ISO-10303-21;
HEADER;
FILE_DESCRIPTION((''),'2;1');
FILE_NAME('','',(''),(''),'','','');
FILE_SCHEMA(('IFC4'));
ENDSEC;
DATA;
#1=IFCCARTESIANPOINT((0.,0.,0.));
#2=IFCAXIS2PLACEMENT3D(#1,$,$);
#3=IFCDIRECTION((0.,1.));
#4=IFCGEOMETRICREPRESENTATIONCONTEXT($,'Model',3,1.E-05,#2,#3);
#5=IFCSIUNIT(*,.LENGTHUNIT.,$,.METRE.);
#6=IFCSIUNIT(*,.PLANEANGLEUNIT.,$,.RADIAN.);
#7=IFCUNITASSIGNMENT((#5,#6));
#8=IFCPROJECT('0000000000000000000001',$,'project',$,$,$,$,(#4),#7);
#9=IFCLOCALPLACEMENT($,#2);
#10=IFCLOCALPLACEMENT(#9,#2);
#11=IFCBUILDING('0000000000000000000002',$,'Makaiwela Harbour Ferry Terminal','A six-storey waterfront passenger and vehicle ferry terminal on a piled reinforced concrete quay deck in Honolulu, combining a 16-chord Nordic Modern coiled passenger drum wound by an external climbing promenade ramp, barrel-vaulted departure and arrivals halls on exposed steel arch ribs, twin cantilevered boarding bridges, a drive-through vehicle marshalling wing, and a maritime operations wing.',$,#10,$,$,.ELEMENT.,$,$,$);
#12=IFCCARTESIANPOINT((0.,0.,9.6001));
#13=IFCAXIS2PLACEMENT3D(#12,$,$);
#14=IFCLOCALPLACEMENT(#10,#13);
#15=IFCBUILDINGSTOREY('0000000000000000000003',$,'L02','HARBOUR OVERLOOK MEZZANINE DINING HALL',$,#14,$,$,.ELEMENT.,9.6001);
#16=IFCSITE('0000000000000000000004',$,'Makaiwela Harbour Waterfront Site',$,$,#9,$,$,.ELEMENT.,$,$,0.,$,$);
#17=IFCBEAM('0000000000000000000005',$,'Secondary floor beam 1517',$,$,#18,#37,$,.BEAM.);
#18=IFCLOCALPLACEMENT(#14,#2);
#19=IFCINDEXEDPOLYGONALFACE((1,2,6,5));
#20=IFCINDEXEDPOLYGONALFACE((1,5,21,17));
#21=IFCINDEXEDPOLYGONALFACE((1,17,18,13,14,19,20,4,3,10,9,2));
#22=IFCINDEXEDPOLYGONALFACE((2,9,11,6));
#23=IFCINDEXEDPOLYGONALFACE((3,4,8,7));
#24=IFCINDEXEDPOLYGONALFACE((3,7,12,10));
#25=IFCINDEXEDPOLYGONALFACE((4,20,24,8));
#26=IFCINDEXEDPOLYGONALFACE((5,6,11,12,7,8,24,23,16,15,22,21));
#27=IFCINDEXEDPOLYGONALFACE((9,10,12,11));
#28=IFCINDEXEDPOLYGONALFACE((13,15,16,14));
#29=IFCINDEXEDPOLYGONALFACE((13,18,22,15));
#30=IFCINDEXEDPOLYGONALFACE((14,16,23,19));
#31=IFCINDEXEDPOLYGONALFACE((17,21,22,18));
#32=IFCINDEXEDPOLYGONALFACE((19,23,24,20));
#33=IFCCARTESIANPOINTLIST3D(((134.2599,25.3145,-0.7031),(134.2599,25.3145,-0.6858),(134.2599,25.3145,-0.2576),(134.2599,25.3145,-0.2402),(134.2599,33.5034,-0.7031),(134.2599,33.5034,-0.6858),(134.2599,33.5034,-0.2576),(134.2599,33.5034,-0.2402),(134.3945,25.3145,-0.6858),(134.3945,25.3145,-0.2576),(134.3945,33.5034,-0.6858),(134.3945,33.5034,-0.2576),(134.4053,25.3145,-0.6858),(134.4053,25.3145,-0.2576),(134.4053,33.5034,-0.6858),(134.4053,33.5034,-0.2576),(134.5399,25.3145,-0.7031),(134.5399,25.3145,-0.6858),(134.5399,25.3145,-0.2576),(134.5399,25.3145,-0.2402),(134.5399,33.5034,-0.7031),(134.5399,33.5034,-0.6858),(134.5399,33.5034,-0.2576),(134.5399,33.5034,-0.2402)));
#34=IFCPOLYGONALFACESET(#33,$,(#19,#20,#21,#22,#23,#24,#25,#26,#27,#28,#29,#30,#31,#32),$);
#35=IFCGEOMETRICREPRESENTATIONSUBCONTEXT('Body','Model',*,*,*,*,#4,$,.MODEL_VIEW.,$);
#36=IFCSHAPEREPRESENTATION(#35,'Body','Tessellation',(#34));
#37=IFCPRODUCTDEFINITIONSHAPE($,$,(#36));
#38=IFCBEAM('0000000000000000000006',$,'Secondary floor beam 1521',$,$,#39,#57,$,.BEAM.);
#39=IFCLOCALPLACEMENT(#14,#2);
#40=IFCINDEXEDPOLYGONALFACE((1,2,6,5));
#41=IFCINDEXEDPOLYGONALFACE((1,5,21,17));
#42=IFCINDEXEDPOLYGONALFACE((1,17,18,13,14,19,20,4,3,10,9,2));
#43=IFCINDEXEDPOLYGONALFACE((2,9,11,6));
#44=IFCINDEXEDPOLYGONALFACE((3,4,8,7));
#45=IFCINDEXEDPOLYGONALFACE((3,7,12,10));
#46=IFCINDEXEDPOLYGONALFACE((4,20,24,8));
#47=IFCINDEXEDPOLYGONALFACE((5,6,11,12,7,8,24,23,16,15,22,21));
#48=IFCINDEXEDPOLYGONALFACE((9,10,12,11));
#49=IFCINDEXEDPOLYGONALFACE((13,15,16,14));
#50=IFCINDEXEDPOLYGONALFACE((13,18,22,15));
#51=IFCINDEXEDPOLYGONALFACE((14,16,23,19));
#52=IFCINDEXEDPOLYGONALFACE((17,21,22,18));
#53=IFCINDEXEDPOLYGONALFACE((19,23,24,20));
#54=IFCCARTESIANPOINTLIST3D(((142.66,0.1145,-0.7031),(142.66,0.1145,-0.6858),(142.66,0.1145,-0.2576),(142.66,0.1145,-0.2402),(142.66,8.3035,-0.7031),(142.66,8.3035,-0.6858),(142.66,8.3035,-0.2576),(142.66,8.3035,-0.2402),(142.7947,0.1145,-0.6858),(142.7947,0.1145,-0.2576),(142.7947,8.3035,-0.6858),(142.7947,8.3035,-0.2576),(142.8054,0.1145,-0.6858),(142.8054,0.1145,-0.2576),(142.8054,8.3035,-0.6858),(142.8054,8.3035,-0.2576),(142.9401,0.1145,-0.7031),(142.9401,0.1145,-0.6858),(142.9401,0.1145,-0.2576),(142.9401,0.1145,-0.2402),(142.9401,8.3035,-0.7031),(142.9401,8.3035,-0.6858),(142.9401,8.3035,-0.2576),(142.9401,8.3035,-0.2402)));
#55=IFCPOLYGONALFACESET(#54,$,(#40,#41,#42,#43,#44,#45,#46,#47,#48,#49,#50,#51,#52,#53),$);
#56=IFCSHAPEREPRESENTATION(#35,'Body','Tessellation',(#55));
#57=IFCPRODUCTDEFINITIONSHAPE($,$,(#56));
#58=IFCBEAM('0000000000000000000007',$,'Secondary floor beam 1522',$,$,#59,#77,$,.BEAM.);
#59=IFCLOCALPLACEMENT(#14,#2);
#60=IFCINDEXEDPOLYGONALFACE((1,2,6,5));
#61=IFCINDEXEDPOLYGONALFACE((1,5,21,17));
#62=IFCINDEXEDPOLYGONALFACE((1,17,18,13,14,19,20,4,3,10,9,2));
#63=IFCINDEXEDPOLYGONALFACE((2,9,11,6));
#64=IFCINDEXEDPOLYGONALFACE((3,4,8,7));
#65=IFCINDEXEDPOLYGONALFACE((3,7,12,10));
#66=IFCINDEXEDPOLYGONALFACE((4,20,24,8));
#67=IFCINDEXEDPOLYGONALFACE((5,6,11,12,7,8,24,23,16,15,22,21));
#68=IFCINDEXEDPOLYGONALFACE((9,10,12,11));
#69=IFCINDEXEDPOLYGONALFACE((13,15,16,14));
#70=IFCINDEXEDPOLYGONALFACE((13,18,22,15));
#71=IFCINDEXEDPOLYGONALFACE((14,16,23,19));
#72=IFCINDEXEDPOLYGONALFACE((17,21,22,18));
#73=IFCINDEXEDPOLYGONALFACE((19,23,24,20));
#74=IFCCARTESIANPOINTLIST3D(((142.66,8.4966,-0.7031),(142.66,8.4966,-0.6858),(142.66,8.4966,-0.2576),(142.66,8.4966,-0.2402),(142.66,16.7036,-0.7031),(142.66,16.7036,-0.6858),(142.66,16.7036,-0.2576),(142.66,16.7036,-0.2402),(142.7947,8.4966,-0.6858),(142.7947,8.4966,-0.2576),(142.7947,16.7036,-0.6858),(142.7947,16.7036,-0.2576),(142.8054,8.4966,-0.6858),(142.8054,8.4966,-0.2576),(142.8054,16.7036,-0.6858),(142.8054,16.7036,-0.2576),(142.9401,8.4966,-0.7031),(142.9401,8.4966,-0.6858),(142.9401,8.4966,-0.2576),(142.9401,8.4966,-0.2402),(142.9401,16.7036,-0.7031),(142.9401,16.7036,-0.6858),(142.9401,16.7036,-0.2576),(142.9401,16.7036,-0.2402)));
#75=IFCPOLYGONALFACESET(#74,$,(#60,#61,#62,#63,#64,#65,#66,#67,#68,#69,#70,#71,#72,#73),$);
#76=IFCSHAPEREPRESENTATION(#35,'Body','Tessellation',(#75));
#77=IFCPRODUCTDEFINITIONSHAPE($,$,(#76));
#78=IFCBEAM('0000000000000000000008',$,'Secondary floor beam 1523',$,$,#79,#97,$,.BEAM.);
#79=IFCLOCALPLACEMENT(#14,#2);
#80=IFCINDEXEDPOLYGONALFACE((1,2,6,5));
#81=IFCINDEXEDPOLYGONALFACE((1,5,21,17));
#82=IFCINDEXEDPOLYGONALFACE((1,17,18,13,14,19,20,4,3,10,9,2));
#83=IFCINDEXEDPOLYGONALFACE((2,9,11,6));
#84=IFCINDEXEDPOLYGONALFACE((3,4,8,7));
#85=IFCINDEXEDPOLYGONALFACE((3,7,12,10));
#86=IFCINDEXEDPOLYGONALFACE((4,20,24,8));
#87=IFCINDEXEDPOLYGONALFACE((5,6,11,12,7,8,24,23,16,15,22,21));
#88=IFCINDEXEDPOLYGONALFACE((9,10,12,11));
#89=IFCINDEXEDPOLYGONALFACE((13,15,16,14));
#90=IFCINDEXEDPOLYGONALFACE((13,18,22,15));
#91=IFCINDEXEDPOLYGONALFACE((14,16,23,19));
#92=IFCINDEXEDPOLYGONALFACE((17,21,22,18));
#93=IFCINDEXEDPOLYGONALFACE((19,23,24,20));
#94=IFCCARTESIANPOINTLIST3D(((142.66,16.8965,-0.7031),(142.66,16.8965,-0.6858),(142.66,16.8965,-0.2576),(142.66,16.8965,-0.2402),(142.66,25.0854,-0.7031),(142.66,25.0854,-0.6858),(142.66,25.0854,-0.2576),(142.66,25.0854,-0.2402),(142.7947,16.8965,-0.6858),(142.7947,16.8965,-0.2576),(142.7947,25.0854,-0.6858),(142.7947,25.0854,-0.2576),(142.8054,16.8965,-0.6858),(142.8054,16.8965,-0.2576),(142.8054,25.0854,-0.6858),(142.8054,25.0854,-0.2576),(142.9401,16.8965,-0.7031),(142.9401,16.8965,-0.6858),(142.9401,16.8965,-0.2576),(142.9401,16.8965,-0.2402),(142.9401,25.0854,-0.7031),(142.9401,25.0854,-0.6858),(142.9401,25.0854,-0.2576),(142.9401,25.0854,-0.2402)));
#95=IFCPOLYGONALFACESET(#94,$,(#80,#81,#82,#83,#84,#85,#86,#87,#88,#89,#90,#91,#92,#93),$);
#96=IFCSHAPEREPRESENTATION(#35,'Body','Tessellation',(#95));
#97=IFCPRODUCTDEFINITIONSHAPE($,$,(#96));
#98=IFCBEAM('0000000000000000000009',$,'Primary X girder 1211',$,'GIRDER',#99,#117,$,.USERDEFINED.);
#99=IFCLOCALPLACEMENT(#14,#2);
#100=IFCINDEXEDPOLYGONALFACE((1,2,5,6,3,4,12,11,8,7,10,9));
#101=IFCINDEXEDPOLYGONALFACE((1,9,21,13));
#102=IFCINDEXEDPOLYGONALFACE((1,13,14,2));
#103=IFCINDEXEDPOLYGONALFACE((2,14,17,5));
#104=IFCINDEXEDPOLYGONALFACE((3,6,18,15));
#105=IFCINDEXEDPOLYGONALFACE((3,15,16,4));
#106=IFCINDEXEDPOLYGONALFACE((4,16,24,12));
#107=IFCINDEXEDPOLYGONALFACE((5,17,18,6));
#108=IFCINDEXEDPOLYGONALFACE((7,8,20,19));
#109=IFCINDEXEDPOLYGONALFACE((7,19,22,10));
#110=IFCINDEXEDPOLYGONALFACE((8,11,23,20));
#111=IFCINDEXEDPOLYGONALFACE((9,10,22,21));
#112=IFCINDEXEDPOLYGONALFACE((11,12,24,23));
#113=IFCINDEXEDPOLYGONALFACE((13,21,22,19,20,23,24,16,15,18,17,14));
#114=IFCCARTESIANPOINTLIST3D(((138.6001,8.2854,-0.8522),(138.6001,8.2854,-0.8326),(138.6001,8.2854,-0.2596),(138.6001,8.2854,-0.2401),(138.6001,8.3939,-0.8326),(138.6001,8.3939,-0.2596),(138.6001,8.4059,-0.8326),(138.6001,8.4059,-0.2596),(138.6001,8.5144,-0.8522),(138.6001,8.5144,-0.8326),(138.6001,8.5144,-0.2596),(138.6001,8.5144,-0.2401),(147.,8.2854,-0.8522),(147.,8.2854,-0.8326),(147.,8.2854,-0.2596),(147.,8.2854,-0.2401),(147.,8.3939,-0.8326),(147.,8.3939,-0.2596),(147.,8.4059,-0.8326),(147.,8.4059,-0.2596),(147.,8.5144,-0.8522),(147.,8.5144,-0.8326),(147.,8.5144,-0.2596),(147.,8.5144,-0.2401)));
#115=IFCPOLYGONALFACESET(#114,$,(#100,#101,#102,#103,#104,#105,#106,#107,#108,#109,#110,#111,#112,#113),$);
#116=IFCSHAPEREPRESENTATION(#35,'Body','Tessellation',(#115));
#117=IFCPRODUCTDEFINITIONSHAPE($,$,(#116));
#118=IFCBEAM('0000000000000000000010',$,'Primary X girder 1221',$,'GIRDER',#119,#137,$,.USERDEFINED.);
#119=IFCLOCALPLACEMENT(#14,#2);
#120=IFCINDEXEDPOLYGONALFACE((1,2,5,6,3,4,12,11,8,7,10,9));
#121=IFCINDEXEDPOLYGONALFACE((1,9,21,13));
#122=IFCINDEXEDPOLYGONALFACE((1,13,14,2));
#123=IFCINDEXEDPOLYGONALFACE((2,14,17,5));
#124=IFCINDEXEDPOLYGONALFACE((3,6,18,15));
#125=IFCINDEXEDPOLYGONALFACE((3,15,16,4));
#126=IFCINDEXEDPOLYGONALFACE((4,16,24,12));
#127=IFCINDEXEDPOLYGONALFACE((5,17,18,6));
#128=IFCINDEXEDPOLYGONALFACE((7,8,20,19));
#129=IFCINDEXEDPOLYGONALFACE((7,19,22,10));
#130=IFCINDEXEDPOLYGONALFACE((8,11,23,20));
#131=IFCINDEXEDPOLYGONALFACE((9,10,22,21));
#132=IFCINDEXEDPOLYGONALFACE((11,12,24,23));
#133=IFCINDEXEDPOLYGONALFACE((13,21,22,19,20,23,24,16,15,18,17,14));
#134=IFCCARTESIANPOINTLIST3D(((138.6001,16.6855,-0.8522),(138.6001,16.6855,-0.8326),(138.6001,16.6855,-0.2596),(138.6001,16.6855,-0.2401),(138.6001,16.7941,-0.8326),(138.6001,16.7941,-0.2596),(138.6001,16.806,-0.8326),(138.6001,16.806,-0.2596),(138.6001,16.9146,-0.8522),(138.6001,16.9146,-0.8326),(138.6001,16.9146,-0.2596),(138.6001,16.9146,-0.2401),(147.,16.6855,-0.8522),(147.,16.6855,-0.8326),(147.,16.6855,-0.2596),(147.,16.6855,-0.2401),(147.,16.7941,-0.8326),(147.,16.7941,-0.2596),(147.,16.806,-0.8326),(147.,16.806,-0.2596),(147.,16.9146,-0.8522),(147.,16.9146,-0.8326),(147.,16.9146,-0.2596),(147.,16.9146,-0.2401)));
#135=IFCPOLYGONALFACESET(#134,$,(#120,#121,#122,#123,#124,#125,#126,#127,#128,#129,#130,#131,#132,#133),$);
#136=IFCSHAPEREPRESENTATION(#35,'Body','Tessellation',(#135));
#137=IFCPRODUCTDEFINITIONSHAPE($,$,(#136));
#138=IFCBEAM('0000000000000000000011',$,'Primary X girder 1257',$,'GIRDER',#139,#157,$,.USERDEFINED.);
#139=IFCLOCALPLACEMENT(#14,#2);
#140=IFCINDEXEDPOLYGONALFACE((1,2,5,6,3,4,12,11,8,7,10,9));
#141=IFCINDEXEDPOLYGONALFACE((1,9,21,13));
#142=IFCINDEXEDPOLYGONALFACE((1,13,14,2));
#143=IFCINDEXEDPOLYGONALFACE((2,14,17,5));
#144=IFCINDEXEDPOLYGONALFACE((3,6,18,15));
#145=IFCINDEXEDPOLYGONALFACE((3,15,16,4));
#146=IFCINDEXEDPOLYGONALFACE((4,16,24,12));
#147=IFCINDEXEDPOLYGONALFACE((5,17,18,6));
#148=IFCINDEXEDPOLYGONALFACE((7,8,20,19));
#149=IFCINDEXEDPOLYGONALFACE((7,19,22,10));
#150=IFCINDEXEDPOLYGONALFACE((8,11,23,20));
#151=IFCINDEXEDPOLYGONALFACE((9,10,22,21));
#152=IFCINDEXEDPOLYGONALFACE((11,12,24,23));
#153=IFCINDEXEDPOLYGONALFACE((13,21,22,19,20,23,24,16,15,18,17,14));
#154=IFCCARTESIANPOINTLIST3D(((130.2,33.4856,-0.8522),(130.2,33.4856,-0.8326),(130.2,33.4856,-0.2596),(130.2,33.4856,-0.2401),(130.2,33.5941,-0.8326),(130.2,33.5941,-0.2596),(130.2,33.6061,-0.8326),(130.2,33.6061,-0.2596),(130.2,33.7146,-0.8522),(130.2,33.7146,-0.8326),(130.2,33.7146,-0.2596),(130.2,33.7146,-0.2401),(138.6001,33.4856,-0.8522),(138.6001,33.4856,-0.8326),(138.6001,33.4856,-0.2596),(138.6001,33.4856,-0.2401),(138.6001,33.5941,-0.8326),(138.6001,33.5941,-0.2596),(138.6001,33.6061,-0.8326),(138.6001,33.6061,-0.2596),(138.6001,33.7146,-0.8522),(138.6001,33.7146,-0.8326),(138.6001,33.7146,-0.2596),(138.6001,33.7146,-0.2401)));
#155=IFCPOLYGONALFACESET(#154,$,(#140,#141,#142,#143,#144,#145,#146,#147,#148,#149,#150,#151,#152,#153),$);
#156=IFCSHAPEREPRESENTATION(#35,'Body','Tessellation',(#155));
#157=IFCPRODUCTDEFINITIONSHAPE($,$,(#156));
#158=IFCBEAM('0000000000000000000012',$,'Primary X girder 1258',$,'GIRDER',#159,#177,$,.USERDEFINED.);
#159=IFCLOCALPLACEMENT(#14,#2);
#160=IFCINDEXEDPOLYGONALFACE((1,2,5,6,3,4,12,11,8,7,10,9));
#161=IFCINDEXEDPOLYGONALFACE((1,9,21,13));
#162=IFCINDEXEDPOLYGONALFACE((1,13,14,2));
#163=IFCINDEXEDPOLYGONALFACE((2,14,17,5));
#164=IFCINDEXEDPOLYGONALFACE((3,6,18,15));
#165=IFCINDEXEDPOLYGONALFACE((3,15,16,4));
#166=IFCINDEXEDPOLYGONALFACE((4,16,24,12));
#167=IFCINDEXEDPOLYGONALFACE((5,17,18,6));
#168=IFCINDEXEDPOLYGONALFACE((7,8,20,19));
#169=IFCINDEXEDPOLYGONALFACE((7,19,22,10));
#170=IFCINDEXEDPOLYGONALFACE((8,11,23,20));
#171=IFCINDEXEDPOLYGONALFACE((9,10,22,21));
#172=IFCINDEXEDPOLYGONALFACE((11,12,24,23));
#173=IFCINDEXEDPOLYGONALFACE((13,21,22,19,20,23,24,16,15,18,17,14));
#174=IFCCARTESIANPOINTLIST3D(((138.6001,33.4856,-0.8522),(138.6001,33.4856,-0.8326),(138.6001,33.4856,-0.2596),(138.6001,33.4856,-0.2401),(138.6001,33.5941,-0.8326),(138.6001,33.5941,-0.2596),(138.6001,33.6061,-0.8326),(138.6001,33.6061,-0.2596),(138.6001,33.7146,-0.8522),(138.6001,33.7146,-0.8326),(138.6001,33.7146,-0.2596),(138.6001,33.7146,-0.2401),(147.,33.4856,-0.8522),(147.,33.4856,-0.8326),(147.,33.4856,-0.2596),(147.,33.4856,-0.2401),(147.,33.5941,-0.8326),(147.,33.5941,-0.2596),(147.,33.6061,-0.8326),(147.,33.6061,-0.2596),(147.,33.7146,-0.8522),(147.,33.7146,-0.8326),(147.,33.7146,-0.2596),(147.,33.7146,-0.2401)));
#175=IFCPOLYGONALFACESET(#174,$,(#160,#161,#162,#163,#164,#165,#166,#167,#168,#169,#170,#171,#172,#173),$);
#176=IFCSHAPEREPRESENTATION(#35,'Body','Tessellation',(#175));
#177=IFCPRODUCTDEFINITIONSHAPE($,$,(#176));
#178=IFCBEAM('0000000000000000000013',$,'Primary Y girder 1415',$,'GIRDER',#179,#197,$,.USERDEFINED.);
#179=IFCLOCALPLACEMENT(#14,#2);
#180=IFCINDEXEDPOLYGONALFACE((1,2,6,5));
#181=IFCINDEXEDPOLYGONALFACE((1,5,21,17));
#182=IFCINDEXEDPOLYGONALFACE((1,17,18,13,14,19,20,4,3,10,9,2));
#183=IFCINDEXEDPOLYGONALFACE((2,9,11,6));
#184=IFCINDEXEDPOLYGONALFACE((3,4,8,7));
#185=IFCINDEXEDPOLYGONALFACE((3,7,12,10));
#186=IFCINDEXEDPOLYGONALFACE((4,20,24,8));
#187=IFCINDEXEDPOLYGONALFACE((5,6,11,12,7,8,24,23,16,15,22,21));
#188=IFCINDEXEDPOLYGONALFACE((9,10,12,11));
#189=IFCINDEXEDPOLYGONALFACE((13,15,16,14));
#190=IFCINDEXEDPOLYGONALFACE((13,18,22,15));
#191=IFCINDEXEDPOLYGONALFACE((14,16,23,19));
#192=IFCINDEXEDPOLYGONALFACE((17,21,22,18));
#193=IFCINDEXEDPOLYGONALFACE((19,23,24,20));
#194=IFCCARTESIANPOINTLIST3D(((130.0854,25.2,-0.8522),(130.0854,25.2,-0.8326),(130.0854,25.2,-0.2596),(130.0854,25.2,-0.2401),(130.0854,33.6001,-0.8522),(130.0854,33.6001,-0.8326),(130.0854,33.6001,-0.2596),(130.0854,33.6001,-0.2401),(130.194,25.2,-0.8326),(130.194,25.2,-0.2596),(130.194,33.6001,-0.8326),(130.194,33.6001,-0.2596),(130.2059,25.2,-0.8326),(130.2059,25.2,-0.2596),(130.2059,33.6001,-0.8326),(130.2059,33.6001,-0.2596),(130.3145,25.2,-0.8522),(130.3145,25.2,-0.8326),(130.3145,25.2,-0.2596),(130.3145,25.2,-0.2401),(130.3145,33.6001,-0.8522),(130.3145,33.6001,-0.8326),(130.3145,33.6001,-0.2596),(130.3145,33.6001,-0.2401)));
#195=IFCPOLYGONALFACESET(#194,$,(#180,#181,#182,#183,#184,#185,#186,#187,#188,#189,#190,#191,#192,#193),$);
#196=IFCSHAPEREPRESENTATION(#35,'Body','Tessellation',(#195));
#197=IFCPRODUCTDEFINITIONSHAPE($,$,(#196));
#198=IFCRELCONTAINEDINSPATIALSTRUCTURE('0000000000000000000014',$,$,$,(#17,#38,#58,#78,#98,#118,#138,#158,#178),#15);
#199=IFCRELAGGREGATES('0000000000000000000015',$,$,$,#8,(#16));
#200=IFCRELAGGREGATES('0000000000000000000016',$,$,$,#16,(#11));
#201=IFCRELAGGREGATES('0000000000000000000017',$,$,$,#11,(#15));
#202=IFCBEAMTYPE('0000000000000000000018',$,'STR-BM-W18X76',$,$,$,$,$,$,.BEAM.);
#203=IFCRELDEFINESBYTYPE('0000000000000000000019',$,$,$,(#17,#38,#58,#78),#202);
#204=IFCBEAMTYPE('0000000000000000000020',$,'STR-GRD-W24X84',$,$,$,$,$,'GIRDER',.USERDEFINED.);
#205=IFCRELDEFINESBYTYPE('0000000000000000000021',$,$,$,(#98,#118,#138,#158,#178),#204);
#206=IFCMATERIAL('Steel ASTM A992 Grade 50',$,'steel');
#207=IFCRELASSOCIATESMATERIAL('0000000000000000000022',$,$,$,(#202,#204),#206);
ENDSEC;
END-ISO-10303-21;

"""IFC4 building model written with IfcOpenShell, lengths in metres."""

from ifc_helpers import new_model, si_unit, direction, frame, origin, origin_2d, place, context, subcontext, project, spatial, i_section, extrude, material, material_profile, profile_set, type_object, element, save


model = new_model("IFC4")

# Units and contexts
model_context = context("Model", 3, precision=1e-05, world=origin(), true_north=direction((0.0, 1.0)))
body_context = subcontext(model_context, "Body", "Model", "MODEL_VIEW")
ifc_project = project(units=[si_unit("LENGTHUNIT", "METRE"), si_unit("PLANEANGLEUNIT", "RADIAN")], contexts=[model_context])

# Site, building, storey
site_placement = place(None, origin())
site = spatial("IfcSite", under=ifc_project, at=site_placement, Name="Makaiwela Harbour Waterfront Site", CompositionType="ELEMENT", RefElevation=0.0)
building_placement = place(site_placement, origin())
building = spatial("IfcBuilding", under=site, at=building_placement, Name="Makaiwela Harbour Ferry Terminal", Description="A six-storey waterfront passenger and vehicle ferry terminal on a piled reinforced concrete quay deck in Honolulu, combining a 16-chord Nordic Modern coiled passenger drum wound by an external climbing promenade ramp, barrel-vaulted departure and arrivals halls on exposed steel arch ribs, twin cantilevered boarding bridges, a drive-through vehicle marshalling wing, and a maritime operations wing.", CompositionType="ELEMENT")
storey_placement = place(building_placement, frame((0.0, 0.0, 9.6001)))
storey = spatial("IfcBuildingStorey", under=building, at=storey_placement, Name="L02", Description="HARBOUR OVERLOOK MEZZANINE DINING HALL", CompositionType="ELEMENT", Elevation=9.6001)

# Beams
ifc_material_1 = material(Name="Steel ASTM A992 Grade 50", Category="steel")
ifc_material_profile_1 = material_profile(ifc_material_1, i_section(OverallWidth=0.28, OverallDepth=0.4629, WebThickness=0.0107, FlangeThickness=0.0173, at=origin_2d()), Name="W18X76")
ifc_profile_set_1 = profile_set([ifc_material_profile_1], Name="Steel ASTM A992 Grade 50")
beam_type_1 = type_object("IfcBeamType", Name="STR-BM-W18X76", PredefinedType="BEAM", material=ifc_profile_set_1)
for number, where, z_axis, x_axis, name in (
    (1, (134.3999, 25.3145, -0.4717), (0.0, 1.0, 0.0), (-1.0, 0.0, 0.0), "Secondary floor beam 1517"),
    (2, (142.8, 0.1145, -0.4717), (0.0, 1.0, 0.0), (-1.0, 0.0, 0.0), "Secondary floor beam 1521"),
):
    element("IfcBeam", number, at=place(storey_placement, frame(where, z_axis=z_axis, x_axis=x_axis)), inside=storey, type_object=beam_type_1, Name=name, PredefinedType="BEAM", context=body_context, shape_type="SweptSolid", body=[
        extrude(i_section(OverallWidth=0.28, OverallDepth=0.4629, WebThickness=0.0107, FlangeThickness=0.0173, at=origin_2d()), origin(), (0.0, 0.0, 1.0), 8.189),
    ])
beam_1_placement = place(storey_placement, frame((142.8, 8.4966, -0.4717), z_axis=(0.0, 1.0, 0.0), x_axis=(-1.0, 0.0, 0.0)))
element("IfcBeam", 3, at=beam_1_placement, inside=storey, type_object=beam_type_1, Name="Secondary floor beam 1522", PredefinedType="BEAM", context=body_context, shape_type="SweptSolid", body=[
    extrude(i_section(OverallWidth=0.28, OverallDepth=0.4629, WebThickness=0.0107, FlangeThickness=0.0173, at=origin_2d()), origin(), (0.0, 0.0, 1.0), 8.207),
])
beam_2_placement = place(storey_placement, frame((142.8, 16.8965, -0.4717), z_axis=(0.0, 1.0, 0.0), x_axis=(-1.0, 0.0, 0.0)))
element("IfcBeam", 4, at=beam_2_placement, inside=storey, type_object=beam_type_1, Name="Secondary floor beam 1523", PredefinedType="BEAM", context=body_context, shape_type="SweptSolid", body=[
    extrude(i_section(OverallWidth=0.28, OverallDepth=0.4629, WebThickness=0.0107, FlangeThickness=0.0173, at=origin_2d()), origin(), (0.0, 0.0, 1.0), 8.189),
])
ifc_material_profile_2 = material_profile(ifc_material_1, i_section(OverallWidth=0.229, OverallDepth=0.6121, WebThickness=0.012, FlangeThickness=0.0195, at=origin_2d()), Name="W24X84")
ifc_profile_set_2 = profile_set([ifc_material_profile_2], Name="Steel ASTM A992 Grade 50")
beam_type_2 = type_object("IfcBeamType", Name="STR-GRD-W24X84", ElementType="GIRDER", PredefinedType="USERDEFINED", material=ifc_profile_set_2)
for number, where, z_axis, x_axis, name in (
    (5, (138.6001, 8.3999, -0.5461), (1.0, 0.0, 0.0), (0.0, 1.0, 0.0), "Primary X girder 1211"),
    (6, (138.6001, 16.8, -0.5461), (1.0, 0.0, 0.0), (0.0, 1.0, 0.0), "Primary X girder 1221"),
):
    element("IfcBeam", number, at=place(storey_placement, frame(where, z_axis=z_axis, x_axis=x_axis)), inside=storey, type_object=beam_type_2, Name=name, ObjectType="GIRDER", PredefinedType="USERDEFINED", context=body_context, shape_type="SweptSolid", body=[
        extrude(i_section(OverallWidth=0.229, OverallDepth=0.6121, WebThickness=0.012, FlangeThickness=0.0195, at=origin_2d()), origin(), (0.0, 0.0, 1.0), 8.3999),
    ])
beam_3_placement = place(storey_placement, frame((130.2, 33.6001, -0.5461), z_axis=(1.0, 0.0, 0.0), x_axis=(0.0, 1.0, 0.0)))
element("IfcBeam", 7, at=beam_3_placement, inside=storey, type_object=beam_type_2, Name="Primary X girder 1257", ObjectType="GIRDER", PredefinedType="USERDEFINED", context=body_context, shape_type="SweptSolid", body=[
    extrude(i_section(OverallWidth=0.229, OverallDepth=0.6121, WebThickness=0.012, FlangeThickness=0.0195, at=origin_2d()), origin(), (0.0, 0.0, 1.0), 8.4001),
])
beam_4_placement = place(storey_placement, frame((138.6001, 33.6001, -0.5461), z_axis=(1.0, 0.0, 0.0), x_axis=(0.0, 1.0, 0.0)))
element("IfcBeam", 8, at=beam_4_placement, inside=storey, type_object=beam_type_2, Name="Primary X girder 1258", ObjectType="GIRDER", PredefinedType="USERDEFINED", context=body_context, shape_type="SweptSolid", body=[
    extrude(i_section(OverallWidth=0.229, OverallDepth=0.6121, WebThickness=0.012, FlangeThickness=0.0195, at=origin_2d()), origin(), (0.0, 0.0, 1.0), 8.3999),
])
beam_5_placement = place(storey_placement, frame((130.2, 25.2, -0.5461), z_axis=(0.0, 1.0, 0.0), x_axis=(-1.0, 0.0, 0.0)))
element("IfcBeam", 9, at=beam_5_placement, inside=storey, type_object=beam_type_2, Name="Primary Y girder 1415", ObjectType="GIRDER", PredefinedType="USERDEFINED", context=body_context, shape_type="SweptSolid", body=[
    extrude(i_section(OverallWidth=0.229, OverallDepth=0.6121, WebThickness=0.012, FlangeThickness=0.0195, at=origin_2d()), origin(), (0.0, 0.0, 1.0), 8.4001),
])

save(model, "model.ifc")
